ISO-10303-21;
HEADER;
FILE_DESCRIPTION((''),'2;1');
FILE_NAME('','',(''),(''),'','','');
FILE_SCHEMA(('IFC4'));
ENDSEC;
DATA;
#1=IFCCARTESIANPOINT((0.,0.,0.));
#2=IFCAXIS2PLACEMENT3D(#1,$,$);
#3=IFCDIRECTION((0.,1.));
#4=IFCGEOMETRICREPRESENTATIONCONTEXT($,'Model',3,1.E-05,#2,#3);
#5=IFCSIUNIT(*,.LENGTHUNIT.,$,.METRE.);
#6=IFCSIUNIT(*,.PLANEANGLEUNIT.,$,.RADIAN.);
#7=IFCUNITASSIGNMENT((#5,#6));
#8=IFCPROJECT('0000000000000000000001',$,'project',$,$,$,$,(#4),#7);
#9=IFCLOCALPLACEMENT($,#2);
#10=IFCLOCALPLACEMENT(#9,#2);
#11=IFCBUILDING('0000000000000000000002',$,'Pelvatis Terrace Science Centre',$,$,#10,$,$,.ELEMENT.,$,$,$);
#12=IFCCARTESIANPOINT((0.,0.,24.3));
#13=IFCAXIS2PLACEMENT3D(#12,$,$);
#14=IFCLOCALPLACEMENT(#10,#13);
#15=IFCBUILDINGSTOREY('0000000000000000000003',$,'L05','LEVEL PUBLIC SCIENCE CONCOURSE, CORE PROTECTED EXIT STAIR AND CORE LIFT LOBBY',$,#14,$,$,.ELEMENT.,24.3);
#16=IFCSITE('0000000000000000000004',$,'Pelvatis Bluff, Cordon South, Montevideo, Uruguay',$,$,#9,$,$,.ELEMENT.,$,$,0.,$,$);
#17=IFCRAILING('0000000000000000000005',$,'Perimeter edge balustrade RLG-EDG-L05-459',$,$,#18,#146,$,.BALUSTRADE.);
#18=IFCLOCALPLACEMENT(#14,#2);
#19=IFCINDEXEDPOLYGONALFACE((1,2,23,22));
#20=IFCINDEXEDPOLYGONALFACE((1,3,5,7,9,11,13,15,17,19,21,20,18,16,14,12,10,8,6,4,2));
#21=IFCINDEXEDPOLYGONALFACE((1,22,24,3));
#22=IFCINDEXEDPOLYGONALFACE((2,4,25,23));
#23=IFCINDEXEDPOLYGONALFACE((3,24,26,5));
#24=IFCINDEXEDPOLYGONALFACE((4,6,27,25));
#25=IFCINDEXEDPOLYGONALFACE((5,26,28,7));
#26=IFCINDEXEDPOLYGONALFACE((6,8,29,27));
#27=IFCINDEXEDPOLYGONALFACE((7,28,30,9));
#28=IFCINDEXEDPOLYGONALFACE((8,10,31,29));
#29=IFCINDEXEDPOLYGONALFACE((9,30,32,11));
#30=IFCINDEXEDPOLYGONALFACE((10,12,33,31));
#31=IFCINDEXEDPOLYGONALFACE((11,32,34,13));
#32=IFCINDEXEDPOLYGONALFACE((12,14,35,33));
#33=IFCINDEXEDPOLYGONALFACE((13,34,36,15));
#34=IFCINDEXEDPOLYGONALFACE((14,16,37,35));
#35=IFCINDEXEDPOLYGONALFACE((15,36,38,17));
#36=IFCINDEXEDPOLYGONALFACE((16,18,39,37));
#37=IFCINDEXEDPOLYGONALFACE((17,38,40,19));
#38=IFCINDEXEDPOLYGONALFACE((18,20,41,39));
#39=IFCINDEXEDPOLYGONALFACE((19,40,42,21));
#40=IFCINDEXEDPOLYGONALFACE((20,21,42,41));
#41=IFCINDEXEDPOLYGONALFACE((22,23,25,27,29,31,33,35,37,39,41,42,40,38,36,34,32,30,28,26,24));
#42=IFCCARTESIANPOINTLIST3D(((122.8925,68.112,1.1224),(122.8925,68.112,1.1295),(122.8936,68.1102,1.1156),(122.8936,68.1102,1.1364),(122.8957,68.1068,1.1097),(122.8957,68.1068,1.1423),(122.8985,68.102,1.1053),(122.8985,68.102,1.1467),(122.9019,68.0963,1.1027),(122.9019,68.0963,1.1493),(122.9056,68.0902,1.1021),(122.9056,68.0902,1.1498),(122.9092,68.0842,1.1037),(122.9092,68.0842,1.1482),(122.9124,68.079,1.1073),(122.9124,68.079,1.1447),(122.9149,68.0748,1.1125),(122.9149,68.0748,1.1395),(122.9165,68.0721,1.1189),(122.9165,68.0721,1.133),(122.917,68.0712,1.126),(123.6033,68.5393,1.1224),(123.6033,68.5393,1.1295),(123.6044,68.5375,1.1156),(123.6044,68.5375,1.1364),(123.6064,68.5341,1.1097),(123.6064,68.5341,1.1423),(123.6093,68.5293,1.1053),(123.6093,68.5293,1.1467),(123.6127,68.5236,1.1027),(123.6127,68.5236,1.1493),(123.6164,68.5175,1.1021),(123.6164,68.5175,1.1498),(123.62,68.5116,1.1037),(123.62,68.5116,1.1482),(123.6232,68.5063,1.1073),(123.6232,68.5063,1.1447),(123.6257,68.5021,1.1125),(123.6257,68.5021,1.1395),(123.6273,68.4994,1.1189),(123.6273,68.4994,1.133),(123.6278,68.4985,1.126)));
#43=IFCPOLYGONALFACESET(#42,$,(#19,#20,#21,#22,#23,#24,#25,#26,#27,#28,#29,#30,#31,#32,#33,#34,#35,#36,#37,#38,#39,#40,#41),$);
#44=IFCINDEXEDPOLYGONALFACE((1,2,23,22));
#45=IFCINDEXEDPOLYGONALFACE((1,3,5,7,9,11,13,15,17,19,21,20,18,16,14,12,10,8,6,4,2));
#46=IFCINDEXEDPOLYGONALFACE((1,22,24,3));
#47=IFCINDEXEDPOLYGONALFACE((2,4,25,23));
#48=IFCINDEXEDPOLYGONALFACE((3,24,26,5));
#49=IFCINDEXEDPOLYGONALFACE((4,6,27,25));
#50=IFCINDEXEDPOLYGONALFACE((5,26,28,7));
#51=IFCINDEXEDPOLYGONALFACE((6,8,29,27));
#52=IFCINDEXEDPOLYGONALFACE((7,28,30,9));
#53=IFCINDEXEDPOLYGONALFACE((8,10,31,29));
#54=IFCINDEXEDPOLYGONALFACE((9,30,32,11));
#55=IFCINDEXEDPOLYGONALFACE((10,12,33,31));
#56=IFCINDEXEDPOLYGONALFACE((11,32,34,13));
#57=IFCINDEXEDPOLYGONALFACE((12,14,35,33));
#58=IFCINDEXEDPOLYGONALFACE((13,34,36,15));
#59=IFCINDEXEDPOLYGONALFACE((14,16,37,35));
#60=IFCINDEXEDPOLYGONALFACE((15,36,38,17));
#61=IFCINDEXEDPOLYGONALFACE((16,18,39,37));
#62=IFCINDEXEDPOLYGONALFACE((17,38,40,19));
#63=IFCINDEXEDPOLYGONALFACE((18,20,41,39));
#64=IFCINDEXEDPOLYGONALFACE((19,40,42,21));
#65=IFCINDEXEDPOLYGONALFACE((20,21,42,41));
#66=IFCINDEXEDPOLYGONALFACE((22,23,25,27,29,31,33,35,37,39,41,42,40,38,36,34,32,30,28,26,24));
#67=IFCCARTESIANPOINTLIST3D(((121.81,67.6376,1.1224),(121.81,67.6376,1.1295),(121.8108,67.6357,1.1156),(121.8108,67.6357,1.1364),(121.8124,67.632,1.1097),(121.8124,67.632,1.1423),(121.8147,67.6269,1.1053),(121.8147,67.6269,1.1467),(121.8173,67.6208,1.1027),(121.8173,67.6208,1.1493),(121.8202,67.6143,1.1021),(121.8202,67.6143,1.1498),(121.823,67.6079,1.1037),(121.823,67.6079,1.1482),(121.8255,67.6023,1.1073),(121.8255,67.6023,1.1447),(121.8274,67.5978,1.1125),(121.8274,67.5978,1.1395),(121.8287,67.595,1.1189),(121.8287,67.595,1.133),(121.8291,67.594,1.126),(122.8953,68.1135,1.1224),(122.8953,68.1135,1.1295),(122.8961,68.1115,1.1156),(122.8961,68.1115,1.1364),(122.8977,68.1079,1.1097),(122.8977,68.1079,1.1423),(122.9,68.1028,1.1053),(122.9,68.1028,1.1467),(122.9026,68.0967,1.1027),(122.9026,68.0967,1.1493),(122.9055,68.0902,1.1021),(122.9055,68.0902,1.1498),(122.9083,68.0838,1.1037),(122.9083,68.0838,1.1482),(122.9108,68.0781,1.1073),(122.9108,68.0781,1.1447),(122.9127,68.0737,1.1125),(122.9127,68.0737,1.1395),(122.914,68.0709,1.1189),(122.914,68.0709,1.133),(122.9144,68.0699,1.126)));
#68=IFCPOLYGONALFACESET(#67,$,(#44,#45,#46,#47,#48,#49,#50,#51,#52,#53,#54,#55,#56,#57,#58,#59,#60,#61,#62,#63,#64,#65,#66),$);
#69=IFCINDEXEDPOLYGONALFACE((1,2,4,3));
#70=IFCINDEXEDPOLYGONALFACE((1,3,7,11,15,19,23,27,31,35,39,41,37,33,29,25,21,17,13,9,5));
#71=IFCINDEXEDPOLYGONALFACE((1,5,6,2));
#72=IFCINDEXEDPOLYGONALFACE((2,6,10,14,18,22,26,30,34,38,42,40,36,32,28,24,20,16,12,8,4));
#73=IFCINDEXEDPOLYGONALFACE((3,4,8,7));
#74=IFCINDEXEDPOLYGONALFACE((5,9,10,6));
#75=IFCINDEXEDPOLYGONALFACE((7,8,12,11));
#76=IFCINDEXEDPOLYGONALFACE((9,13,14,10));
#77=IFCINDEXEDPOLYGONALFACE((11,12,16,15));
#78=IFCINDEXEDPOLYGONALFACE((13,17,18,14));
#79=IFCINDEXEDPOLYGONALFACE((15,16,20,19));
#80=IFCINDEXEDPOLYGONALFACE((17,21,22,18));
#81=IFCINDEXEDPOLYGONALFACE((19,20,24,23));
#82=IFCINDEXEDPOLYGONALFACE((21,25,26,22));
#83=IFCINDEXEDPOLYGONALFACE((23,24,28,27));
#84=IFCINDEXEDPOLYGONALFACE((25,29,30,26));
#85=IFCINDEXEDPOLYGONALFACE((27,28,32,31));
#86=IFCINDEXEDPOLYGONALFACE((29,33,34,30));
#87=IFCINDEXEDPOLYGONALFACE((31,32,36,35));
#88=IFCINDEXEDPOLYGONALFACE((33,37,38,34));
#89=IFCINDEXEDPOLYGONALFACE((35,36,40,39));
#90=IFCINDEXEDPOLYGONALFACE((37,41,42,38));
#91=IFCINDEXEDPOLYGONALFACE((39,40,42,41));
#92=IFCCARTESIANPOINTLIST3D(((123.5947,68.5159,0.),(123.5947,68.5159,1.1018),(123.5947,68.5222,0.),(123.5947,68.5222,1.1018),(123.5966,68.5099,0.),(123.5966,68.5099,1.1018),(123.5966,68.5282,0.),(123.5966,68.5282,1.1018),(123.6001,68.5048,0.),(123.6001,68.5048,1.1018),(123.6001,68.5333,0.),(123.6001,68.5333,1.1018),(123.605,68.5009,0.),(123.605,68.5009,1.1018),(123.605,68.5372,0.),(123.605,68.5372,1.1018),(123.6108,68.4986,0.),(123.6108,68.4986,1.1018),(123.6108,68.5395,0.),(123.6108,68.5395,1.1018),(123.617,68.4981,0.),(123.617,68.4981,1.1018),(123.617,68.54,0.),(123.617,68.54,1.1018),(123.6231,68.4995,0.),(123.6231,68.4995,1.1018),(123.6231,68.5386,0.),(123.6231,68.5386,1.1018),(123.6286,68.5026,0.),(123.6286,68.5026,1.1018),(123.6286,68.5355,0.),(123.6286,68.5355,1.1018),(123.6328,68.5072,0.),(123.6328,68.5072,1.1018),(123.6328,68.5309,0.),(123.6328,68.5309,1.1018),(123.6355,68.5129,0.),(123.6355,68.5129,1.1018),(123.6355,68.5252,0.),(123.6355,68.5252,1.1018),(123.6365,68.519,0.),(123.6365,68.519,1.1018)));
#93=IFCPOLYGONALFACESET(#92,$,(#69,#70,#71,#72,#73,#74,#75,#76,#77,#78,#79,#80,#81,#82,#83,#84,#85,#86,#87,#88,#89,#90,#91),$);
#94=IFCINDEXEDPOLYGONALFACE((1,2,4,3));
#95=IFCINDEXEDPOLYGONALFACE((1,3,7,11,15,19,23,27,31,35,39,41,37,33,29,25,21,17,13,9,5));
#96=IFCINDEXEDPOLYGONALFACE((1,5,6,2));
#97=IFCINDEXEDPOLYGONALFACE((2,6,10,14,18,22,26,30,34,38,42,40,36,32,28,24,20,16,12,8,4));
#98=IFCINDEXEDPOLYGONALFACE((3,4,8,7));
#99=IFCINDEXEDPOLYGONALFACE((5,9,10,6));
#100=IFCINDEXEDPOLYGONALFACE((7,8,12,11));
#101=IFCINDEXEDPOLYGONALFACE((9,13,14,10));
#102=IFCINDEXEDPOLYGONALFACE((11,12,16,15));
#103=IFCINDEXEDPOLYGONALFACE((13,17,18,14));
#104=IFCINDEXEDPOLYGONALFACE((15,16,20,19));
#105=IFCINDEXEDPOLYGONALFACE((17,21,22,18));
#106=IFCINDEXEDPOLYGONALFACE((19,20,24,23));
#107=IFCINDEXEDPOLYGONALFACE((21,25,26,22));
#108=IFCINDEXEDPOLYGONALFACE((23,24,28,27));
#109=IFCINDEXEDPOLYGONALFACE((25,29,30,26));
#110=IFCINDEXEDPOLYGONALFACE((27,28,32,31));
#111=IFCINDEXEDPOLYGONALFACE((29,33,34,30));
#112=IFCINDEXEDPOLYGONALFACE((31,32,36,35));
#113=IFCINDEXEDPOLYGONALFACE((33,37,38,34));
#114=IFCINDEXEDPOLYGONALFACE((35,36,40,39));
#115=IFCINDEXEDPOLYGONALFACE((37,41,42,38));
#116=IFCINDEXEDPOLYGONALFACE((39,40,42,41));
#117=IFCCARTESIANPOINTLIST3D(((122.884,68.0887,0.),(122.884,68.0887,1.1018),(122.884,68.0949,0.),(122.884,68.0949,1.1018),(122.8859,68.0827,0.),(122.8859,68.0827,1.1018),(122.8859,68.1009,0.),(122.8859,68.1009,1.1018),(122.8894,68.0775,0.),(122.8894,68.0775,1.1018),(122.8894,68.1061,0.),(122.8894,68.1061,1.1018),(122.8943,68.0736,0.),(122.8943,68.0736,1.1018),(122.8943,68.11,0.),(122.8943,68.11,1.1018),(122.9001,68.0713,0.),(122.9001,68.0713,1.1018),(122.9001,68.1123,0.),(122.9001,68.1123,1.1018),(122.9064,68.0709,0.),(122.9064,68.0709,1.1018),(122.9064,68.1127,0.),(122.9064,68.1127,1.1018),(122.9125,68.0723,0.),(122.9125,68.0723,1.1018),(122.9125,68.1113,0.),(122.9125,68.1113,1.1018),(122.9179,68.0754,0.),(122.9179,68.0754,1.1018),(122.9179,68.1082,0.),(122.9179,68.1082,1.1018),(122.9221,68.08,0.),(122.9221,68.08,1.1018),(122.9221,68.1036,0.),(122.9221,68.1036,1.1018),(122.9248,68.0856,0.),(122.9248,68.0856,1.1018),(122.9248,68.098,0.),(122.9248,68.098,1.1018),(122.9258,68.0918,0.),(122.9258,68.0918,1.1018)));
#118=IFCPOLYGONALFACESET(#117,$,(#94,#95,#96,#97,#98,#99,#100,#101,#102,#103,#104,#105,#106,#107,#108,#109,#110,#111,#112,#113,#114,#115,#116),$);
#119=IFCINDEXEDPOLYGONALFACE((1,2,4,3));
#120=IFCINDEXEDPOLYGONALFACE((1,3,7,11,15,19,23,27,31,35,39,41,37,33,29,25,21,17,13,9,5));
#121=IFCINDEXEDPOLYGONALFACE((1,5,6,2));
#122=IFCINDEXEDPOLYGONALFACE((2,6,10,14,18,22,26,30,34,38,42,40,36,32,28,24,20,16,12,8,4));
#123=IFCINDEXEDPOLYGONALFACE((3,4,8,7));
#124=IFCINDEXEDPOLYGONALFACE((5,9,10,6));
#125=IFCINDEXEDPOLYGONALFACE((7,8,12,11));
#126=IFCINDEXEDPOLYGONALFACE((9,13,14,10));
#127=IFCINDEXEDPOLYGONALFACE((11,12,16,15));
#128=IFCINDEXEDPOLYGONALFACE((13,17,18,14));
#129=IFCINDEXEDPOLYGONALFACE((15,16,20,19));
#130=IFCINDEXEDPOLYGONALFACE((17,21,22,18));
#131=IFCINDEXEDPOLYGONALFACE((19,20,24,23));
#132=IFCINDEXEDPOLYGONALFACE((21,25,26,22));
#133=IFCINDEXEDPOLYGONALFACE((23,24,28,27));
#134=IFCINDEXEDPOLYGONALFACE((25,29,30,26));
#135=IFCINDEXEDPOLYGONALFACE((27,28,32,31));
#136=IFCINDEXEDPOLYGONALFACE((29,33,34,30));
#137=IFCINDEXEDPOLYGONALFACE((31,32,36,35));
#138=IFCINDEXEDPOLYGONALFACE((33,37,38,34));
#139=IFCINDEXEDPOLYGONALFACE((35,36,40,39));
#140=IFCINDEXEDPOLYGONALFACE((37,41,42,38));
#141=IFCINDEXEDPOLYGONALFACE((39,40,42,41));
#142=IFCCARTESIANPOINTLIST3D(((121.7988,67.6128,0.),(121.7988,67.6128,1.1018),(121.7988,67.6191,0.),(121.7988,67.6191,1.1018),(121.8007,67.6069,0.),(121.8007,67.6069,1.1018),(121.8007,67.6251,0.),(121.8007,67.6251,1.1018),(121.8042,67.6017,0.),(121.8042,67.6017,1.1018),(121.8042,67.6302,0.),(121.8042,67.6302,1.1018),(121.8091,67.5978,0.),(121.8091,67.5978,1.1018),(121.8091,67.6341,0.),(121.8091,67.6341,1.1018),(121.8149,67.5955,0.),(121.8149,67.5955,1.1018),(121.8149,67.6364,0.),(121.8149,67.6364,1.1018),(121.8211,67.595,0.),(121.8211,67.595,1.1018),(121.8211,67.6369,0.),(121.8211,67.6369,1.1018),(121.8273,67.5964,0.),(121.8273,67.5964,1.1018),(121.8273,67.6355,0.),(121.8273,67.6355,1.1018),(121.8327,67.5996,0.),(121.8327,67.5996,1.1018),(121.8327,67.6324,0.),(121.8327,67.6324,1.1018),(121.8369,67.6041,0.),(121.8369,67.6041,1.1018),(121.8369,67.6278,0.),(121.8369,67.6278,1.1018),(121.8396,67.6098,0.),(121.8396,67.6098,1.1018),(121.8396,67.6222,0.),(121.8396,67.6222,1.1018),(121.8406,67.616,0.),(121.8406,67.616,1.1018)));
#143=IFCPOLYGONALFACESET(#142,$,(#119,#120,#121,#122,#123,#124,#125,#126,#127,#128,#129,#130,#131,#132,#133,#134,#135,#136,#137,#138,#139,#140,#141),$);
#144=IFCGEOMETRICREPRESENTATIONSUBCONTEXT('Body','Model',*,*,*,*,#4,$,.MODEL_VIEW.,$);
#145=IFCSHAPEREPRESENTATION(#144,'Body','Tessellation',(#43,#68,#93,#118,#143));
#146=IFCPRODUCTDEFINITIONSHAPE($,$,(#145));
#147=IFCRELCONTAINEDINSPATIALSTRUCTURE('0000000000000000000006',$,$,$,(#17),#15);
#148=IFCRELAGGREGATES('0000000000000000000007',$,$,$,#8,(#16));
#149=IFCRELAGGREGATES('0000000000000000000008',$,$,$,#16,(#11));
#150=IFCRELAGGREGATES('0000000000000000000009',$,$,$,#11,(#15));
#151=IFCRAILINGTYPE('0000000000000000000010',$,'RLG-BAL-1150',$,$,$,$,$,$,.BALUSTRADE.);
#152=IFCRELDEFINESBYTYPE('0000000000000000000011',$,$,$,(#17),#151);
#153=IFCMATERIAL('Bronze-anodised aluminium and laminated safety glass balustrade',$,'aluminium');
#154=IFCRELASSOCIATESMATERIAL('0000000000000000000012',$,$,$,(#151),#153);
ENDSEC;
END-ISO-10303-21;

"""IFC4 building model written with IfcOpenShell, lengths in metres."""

from ifc_helpers import new_model, si_unit, direction, frame, origin, origin_2d, place, context, subcontext, project, spatial, circle, extrude, material, type_object, element, save


model = new_model("IFC4")

# Units and contexts
model_context = context("Model", 3, precision=1e-05, world=origin(), true_north=direction((0.0, 1.0)))
body_context = subcontext(model_context, "Body", "Model", "MODEL_VIEW")
ifc_project = project(units=[si_unit("LENGTHUNIT", "METRE"), si_unit("PLANEANGLEUNIT", "RADIAN")], contexts=[model_context])

# Site, building, storey
site_placement = place(None, origin())
site = spatial("IfcSite", under=ifc_project, at=site_placement, Name="Pelvatis Bluff, Cordon South, Montevideo, Uruguay", CompositionType="ELEMENT", RefElevation=0.0)
building_placement = place(site_placement, origin())
building = spatial("IfcBuilding", under=site, at=building_placement, Name="Pelvatis Terrace Science Centre", CompositionType="ELEMENT")
storey_placement = place(building_placement, frame((0.0, 0.0, 24.3)))
storey = spatial("IfcBuildingStorey", under=building, at=storey_placement, Name="L05", Description="LEVEL PUBLIC SCIENCE CONCOURSE, CORE PROTECTED EXIT STAIR AND CORE LIFT LOBBY", CompositionType="ELEMENT", Elevation=24.3)

# Railing
ifc_material_1 = material(Name="Bronze-anodised aluminium and laminated safety glass balustrade", Category="aluminium")
railing_type = type_object("IfcRailingType", Name="RLG-BAL-1150", PredefinedType="BALUSTRADE", material=ifc_material_1)
railing_1_placement = place(storey_placement, frame((123.6155, 68.519, 0.0)))
element("IfcRailing", 1, at=railing_1_placement, inside=storey, type_object=railing_type, Name="Perimeter edge balustrade RLG-EDG-L05-459", PredefinedType="BALUSTRADE", context=body_context, shape_type="SweptSolid", body=[
    extrude(circle(Radius=0.0239, at=origin_2d()), frame((0.0, 0.0, 1.126), z_axis=(-0.857051, -0.515232, 0.0), x_axis=(0.515232, -0.857051, 0.0)), (0.0, 0.0, 1.0), 0.8293),
    extrude(circle(Radius=0.0239, at=origin_2d()), frame((-0.7107, -0.4272, 1.126), z_axis=(-0.915831, -0.401564, 0.0), x_axis=(0.401564, -0.915831, 0.0)), (0.0, 0.0, 1.0), 1.1851),
    extrude(circle(Radius=0.021, at=origin_2d()), origin(), (0.0, 0.0, 1.0), 1.1018),
    extrude(circle(Radius=0.021, at=origin_2d()), frame((-0.7107, -0.4272, 0.0)), (0.0, 0.0, 1.0), 1.1018),
    extrude(circle(Radius=0.021, at=origin_2d()), frame((-1.7959, -0.9031, 0.0)), (0.0, 0.0, 1.0), 1.1018),
])

save(model, "model.ifc")
